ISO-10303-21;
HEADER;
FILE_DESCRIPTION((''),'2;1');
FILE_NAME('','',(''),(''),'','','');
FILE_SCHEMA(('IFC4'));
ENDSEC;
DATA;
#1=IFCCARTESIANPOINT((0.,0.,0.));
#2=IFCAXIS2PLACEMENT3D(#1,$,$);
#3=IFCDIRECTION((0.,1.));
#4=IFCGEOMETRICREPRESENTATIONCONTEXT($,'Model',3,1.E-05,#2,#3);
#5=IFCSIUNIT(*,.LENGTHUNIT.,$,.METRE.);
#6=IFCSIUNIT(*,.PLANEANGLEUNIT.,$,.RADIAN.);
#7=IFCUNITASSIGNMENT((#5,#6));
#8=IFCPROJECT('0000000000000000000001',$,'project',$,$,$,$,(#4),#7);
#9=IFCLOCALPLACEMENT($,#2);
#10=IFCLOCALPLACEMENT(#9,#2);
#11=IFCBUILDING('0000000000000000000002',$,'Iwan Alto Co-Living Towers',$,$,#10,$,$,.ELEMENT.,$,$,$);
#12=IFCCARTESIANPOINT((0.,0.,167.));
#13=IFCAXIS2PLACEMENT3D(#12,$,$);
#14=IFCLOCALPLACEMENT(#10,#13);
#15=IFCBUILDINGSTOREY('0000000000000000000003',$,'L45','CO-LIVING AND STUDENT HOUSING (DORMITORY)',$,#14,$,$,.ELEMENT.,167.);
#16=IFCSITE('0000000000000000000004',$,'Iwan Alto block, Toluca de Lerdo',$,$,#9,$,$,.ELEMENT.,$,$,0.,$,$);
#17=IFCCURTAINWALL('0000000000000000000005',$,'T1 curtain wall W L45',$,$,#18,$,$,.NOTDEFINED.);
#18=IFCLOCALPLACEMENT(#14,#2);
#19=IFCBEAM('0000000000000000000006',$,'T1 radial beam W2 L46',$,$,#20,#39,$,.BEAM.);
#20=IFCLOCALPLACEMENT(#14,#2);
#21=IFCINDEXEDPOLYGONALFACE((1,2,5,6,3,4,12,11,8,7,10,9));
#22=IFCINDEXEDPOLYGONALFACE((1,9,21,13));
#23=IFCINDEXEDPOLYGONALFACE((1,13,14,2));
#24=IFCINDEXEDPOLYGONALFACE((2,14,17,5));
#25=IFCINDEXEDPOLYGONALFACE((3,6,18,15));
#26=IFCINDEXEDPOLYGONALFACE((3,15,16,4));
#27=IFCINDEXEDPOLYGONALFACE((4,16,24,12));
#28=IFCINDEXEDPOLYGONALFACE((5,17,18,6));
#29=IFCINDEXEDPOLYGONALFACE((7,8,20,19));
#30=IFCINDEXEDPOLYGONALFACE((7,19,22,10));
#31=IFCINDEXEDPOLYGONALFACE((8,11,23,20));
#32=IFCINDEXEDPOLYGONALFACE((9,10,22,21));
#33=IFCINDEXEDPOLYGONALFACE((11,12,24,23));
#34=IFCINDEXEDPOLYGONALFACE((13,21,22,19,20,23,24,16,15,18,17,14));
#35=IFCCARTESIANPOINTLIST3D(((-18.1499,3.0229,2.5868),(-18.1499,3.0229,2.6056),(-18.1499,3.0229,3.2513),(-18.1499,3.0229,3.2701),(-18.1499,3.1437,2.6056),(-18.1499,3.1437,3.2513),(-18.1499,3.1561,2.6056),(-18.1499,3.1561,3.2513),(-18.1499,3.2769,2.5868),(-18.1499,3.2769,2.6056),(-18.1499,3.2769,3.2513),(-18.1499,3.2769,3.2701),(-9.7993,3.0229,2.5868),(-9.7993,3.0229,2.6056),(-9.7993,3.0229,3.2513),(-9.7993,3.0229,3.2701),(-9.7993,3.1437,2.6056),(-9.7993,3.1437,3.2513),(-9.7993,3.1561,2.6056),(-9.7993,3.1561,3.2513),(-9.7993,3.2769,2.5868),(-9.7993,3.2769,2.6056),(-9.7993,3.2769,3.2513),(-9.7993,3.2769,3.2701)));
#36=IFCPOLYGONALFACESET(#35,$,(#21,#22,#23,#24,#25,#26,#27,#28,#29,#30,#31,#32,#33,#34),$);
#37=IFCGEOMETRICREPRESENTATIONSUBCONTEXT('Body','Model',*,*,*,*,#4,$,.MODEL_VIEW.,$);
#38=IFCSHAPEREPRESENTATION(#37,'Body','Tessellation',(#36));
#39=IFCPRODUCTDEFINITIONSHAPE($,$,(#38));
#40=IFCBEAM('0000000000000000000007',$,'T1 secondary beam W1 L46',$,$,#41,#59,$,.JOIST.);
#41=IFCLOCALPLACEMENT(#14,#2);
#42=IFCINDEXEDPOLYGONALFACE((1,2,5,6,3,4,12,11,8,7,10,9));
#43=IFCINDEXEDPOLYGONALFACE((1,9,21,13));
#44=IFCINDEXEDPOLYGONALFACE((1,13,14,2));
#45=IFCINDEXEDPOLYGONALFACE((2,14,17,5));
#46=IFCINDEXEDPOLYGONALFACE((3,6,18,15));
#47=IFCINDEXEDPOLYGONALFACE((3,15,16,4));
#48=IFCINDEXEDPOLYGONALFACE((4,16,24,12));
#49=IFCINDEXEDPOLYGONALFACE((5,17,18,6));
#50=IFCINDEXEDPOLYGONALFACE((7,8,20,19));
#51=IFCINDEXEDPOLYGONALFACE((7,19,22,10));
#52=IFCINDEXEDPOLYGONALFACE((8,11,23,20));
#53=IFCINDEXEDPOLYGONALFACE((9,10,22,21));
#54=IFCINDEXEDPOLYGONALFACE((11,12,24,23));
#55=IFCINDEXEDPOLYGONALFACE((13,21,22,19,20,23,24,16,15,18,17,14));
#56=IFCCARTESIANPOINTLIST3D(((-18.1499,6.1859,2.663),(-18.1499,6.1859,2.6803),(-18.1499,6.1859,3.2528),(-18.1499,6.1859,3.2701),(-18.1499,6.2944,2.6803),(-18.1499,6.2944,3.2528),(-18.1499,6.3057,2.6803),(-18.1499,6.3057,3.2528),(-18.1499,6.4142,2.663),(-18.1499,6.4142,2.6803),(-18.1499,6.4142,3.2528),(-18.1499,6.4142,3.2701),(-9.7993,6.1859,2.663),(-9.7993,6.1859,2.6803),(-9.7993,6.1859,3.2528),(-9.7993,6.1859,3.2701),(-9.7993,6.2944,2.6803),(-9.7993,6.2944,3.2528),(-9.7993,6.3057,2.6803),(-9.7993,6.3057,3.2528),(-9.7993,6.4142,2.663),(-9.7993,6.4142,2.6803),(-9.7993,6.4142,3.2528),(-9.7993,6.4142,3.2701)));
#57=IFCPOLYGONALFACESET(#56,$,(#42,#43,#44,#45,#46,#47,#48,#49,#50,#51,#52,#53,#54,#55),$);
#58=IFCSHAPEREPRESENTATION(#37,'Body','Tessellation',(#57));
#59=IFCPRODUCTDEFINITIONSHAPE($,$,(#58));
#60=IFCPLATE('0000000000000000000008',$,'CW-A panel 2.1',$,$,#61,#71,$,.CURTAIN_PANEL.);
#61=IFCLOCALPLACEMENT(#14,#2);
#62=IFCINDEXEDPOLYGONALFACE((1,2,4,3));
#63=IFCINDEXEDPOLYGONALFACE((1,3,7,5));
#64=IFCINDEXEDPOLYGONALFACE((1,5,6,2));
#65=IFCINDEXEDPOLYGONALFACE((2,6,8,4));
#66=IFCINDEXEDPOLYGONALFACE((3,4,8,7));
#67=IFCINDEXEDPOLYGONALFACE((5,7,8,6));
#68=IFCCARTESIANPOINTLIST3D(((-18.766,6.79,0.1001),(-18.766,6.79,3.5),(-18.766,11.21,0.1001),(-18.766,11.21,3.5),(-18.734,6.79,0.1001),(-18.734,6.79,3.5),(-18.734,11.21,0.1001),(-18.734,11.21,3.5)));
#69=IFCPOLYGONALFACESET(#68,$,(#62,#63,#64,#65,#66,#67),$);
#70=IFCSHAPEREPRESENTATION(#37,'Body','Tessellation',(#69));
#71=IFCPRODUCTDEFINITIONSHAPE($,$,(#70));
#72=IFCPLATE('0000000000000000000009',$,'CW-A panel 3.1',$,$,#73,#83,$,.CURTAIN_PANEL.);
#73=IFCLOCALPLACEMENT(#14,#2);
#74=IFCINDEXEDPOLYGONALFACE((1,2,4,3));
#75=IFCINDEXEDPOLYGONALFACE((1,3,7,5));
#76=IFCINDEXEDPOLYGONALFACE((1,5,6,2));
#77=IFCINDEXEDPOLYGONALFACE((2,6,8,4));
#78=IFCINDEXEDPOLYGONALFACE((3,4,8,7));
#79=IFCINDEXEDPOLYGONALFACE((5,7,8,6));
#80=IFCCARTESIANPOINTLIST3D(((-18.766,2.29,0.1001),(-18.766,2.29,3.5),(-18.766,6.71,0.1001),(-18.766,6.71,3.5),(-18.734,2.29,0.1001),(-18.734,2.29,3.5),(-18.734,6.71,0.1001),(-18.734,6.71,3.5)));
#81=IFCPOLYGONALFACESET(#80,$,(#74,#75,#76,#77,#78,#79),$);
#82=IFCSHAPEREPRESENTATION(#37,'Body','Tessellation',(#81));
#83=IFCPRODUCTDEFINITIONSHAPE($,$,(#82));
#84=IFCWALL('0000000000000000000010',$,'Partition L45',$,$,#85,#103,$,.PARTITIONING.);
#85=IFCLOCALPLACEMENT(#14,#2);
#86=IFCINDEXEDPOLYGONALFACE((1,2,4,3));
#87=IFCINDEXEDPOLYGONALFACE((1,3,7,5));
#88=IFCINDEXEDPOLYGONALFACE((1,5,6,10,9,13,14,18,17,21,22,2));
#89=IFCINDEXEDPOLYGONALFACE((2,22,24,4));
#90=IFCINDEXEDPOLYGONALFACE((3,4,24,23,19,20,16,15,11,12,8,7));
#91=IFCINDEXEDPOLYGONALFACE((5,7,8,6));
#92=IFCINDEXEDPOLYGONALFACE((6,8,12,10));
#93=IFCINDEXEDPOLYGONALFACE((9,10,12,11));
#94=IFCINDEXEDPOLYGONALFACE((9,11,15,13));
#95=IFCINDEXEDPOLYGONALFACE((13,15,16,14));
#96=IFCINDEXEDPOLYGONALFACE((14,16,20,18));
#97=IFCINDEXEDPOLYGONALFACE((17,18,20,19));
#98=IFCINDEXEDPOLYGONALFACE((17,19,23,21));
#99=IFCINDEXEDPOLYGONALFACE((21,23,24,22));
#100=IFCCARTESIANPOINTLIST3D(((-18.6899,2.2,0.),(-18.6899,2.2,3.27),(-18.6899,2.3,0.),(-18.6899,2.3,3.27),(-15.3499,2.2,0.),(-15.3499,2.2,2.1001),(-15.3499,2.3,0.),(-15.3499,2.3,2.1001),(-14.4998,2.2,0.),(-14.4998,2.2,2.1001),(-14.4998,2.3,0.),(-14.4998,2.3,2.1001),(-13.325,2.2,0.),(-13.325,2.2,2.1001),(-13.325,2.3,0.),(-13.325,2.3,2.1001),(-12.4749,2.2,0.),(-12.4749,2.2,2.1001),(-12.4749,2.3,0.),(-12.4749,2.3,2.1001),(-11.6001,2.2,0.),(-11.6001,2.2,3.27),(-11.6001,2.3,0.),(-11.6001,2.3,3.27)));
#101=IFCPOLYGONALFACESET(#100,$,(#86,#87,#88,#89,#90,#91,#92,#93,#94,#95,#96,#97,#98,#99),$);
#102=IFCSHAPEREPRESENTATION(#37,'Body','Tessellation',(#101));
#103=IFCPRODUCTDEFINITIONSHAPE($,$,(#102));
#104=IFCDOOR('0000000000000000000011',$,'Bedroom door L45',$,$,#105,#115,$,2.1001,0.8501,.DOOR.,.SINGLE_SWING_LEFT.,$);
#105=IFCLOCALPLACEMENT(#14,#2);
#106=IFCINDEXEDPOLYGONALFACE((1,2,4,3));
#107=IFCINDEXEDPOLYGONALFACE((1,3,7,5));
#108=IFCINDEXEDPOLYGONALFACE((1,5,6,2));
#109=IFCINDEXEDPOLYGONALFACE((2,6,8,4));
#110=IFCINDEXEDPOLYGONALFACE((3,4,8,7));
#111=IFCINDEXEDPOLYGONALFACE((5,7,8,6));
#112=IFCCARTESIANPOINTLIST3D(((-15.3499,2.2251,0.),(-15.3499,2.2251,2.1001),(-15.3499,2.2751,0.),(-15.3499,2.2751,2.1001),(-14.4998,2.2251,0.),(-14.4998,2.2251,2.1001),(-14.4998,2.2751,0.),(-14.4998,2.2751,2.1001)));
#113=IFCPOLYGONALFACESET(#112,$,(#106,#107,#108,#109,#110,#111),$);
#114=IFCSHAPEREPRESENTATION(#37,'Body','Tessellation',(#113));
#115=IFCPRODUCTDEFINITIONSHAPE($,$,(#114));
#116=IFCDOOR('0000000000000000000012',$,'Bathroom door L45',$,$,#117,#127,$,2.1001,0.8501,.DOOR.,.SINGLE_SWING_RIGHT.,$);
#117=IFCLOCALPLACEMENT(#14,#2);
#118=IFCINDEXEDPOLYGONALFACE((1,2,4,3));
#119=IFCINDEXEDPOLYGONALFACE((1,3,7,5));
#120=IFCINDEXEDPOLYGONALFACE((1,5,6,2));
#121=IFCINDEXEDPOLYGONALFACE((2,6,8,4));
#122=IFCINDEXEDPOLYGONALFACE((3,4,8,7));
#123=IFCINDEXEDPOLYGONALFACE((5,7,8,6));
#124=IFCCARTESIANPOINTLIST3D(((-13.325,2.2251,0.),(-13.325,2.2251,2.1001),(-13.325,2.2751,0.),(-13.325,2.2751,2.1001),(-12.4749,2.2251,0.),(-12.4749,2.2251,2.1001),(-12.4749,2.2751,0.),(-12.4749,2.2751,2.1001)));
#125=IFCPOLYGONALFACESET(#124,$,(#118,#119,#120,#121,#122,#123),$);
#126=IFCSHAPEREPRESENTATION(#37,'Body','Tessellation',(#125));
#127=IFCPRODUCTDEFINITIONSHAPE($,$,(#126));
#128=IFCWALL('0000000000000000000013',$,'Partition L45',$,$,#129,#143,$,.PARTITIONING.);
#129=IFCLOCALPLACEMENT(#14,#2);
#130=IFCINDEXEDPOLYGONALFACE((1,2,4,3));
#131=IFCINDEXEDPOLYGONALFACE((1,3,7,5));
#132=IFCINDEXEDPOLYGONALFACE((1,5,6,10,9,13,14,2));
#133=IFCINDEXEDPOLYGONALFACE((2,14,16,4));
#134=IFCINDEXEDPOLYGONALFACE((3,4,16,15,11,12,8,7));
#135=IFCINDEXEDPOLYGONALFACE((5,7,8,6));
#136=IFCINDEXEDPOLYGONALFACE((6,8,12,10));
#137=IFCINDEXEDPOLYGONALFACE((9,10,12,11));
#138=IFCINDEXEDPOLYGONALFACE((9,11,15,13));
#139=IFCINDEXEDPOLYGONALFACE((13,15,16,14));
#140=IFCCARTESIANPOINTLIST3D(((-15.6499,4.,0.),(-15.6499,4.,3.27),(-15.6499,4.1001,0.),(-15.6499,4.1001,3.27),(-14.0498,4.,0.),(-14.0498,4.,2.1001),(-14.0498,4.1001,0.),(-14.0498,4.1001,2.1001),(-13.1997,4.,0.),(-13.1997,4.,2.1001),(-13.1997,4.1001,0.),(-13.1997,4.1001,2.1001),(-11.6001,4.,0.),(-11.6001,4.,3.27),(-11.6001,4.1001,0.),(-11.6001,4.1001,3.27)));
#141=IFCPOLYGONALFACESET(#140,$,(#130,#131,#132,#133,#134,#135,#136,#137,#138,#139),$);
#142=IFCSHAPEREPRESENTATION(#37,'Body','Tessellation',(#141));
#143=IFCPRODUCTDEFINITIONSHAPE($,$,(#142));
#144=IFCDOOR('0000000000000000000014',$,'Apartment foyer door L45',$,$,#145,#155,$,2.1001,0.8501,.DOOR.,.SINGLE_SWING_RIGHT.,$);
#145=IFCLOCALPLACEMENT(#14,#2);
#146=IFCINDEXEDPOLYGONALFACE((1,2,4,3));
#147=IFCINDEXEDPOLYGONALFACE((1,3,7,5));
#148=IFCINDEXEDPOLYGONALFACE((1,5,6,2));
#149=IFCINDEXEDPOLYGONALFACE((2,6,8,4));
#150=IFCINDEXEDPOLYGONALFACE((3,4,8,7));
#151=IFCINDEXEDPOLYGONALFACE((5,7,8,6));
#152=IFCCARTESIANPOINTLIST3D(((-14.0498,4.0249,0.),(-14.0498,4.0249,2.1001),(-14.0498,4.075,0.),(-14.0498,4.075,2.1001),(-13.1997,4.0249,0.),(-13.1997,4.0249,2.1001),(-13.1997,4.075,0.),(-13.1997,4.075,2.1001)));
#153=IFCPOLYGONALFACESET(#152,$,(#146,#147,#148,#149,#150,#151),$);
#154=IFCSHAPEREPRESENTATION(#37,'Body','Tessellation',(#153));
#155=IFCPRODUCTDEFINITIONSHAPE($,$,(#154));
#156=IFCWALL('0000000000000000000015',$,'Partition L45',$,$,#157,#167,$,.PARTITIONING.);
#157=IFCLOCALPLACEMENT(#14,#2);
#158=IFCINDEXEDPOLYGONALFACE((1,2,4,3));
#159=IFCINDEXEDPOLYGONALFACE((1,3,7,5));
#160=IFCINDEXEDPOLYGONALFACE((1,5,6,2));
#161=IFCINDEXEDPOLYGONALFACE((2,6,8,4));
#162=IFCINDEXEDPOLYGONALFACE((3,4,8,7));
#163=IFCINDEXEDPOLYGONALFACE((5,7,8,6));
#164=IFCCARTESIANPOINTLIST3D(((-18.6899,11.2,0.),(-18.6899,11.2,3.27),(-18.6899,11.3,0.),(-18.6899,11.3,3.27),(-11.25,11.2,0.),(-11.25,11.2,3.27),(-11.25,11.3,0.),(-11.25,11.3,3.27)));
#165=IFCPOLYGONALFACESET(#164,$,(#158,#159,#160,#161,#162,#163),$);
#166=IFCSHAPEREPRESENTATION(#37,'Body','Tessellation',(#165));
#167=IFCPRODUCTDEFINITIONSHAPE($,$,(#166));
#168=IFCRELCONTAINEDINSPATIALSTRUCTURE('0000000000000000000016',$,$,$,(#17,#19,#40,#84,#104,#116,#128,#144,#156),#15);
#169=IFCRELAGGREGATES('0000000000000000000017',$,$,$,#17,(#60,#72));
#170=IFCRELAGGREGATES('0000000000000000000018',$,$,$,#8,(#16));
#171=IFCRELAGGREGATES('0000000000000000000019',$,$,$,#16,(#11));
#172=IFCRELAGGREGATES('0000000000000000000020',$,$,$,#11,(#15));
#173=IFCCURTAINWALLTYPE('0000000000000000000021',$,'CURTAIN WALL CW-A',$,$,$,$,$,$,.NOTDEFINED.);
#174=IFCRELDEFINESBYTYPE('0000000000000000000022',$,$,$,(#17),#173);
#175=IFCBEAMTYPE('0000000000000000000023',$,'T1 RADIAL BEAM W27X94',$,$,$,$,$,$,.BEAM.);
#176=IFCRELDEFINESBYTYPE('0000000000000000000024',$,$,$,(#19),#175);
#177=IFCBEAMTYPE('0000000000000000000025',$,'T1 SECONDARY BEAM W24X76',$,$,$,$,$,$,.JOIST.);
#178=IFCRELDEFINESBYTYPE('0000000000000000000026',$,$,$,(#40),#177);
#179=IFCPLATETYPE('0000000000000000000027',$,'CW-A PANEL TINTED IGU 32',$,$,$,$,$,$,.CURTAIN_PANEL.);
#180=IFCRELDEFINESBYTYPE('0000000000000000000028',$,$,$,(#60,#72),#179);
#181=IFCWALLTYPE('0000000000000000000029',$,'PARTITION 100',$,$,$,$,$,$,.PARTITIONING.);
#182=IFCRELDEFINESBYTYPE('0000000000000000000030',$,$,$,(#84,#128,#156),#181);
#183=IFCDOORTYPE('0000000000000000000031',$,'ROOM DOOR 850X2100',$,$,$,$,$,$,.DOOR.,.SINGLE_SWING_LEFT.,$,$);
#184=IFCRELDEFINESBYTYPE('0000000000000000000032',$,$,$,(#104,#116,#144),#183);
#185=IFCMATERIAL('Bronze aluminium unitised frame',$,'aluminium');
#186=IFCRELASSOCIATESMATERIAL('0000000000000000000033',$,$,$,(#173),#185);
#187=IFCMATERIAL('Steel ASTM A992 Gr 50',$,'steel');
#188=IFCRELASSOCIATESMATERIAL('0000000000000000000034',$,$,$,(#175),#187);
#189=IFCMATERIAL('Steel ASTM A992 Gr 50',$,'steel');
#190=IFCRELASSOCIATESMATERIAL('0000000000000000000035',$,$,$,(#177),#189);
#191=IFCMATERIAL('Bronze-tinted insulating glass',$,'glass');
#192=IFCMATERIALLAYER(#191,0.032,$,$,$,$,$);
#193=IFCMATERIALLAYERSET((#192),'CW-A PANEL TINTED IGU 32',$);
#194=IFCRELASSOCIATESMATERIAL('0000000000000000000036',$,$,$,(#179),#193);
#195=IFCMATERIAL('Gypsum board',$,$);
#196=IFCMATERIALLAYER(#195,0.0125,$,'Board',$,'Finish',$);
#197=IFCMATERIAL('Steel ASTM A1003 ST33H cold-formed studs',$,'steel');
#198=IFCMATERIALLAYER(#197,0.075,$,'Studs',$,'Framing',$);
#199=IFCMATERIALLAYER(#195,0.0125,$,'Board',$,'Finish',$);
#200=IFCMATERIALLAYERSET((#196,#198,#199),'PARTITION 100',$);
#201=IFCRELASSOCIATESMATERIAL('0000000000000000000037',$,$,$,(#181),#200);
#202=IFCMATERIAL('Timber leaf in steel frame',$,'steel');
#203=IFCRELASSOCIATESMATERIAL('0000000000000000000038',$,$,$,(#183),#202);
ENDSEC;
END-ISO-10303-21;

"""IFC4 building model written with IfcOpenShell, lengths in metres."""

from ifc_helpers import new_model, si_unit, direction, frame, frame_2d, origin, origin_2d, place, context, subcontext, project, spatial, rectangle, i_section, extrude, material, layer, layer_set, material_profile, profile_set, type_object, element, fill, aggregate, save


model = new_model("IFC4")

# Units and contexts
model_context = context("Model", 3, precision=1e-05, world=origin(), true_north=direction((0.0, 1.0)))
body_context = subcontext(model_context, "Body", "Model", "MODEL_VIEW")
ifc_project = project(units=[si_unit("LENGTHUNIT", "METRE"), si_unit("PLANEANGLEUNIT", "RADIAN")], contexts=[model_context])

# Site, building, storey
site_placement = place(None, origin())
site = spatial("IfcSite", under=ifc_project, at=site_placement, Name="Iwan Alto block, Toluca de Lerdo", CompositionType="ELEMENT", RefElevation=0.0)
building_placement = place(site_placement, origin())
building = spatial("IfcBuilding", under=site, at=building_placement, Name="Iwan Alto Co-Living Towers", CompositionType="ELEMENT")
storey_placement = place(building_placement, frame((0.0, 0.0, 167.0)))
storey = spatial("IfcBuildingStorey", under=building, at=storey_placement, Name="L45", Description="CO-LIVING AND STUDENT HOUSING (DORMITORY)", CompositionType="ELEMENT", Elevation=167.0)

# Curtain wall
ifc_material_1 = material(Name="Bronze aluminium unitised frame", Category="aluminium")
curtain_wall_type = type_object("IfcCurtainWallType", Name="CURTAIN WALL CW-A", PredefinedType="NOTDEFINED", material=ifc_material_1)
curtain_wall_placement = place(storey_placement, origin())
curtain_wall = element("IfcCurtainWall", 1, at=curtain_wall_placement, inside=storey, type_object=curtain_wall_type, Name="T1 curtain wall W L45", PredefinedType="NOTDEFINED")

# Beams
ifc_material_2 = material(Name="Steel ASTM A992 Gr 50", Category="steel")
ifc_material_profile_1 = material_profile(ifc_material_2, i_section(OverallWidth=0.2539, OverallDepth=0.6833, WebThickness=0.0125, FlangeThickness=0.0188, at=origin_2d()), Name="W27X94")
ifc_profile_set_1 = profile_set([ifc_material_profile_1], Name="Steel ASTM A992 Gr 50")
beam_type_1 = type_object("IfcBeamType", Name="T1 RADIAL BEAM W27X94", PredefinedType="BEAM", material=ifc_profile_set_1)
for number, where, z_axis, x_axis, name in (
    (2, (-18.1499, 3.1499, 2.9285), (1.0, 0.0, 0.0), (0.0, 1.0, 0.0), "T1 radial beam W2 L46"),
):
    element("IfcBeam", number, at=place(storey_placement, frame(where, z_axis=z_axis, x_axis=x_axis)), inside=storey, type_object=beam_type_1, Name=name, PredefinedType="BEAM", context=body_context, shape_type="SweptSolid", body=[
        extrude(i_section(OverallWidth=0.2539, OverallDepth=0.6833, WebThickness=0.0125, FlangeThickness=0.0188, at=origin_2d()), origin(), (0.0, 0.0, 1.0), 8.3506),
    ])
ifc_material_3 = material(Name="Steel ASTM A992 Gr 50", Category="steel")
ifc_material_profile_2 = material_profile(ifc_material_3, i_section(OverallWidth=0.2283, OverallDepth=0.6072, WebThickness=0.0112, FlangeThickness=0.0173, at=origin_2d()), Name="W24X76")
ifc_profile_set_2 = profile_set([ifc_material_profile_2], Name="Steel ASTM A992 Gr 50")
beam_type_2 = type_object("IfcBeamType", Name="T1 SECONDARY BEAM W24X76", PredefinedType="JOIST", material=ifc_profile_set_2)
beam_1_placement = place(storey_placement, frame((-18.1499, 6.3, 2.9666), z_axis=(1.0, 0.0, 0.0), x_axis=(0.0, 1.0, 0.0)))
element("IfcBeam", 3, at=beam_1_placement, inside=storey, type_object=beam_type_2, Name="T1 secondary beam W1 L46", PredefinedType="JOIST", context=body_context, shape_type="SweptSolid", body=[
    extrude(i_section(OverallWidth=0.2283, OverallDepth=0.6072, WebThickness=0.0112, FlangeThickness=0.0173, at=origin_2d()), origin(), (0.0, 0.0, 1.0), 8.3506),
])

# Plates
ifc_material_4 = material(Name="Bronze-tinted insulating glass", Category="glass")
ifc_layer_1 = layer(ifc_material_4, 0.032)
ifc_layer_set_1 = layer_set([ifc_layer_1], Name="CW-A PANEL TINTED IGU 32")
plate_type = type_object("IfcPlateType", Name="CW-A PANEL TINTED IGU 32", PredefinedType="CURTAIN_PANEL", material=ifc_layer_set_1)
plate_1_placement = place(storey_placement, frame((-18.75, 9.0, 0.1001), z_axis=(0.0, 0.0, 1.0), x_axis=(0.0, -1.0, 0.0)))
plate_1 = element("IfcPlate", 4, at=plate_1_placement, type_object=plate_type, Name="CW-A panel 2.1", PredefinedType="CURTAIN_PANEL", context=body_context, shape_type="SweptSolid", body=[
    extrude(rectangle(XDim=4.4199, YDim=0.032, at=origin_2d()), origin(), (0.0, 0.0, 1.0), 3.3999),
])
plate_2_placement = place(storey_placement, frame((-18.75, 4.5, 0.1001), z_axis=(0.0, 0.0, 1.0), x_axis=(0.0, -1.0, 0.0)))
plate_2 = element("IfcPlate", 5, at=plate_2_placement, type_object=plate_type, Name="CW-A panel 3.1", PredefinedType="CURTAIN_PANEL", context=body_context, shape_type="SweptSolid", body=[
    extrude(rectangle(XDim=4.4199, YDim=0.032, at=origin_2d()), origin(), (0.0, 0.0, 1.0), 3.3999),
])
aggregate(curtain_wall, [plate_1, plate_2])

# Wall, openings, doors
ifc_material_5 = material(Name="Gypsum board")
ifc_layer_2 = layer(ifc_material_5, 0.0125, Name="Board", Category="Finish")
ifc_material_6 = material(Name="Steel ASTM A1003 ST33H cold-formed studs", Category="steel")
ifc_layer_3 = layer(ifc_material_6, 0.075, Name="Studs", Category="Framing")
ifc_layer_4 = layer(ifc_material_5, 0.0125, Name="Board", Category="Finish")
ifc_layer_set_2 = layer_set([ifc_layer_2, ifc_layer_3, ifc_layer_4], Name="PARTITION 100")
wall_type = type_object("IfcWallType", Name="PARTITION 100", PredefinedType="PARTITIONING", material=ifc_layer_set_2)
wall_1_placement = place(storey_placement, frame((-18.6899, 2.25, 0.0), z_axis=(0.0, 0.0, 1.0), x_axis=(1.0, 0.0, 0.0)))
wall_1 = element("IfcWall", 6, at=wall_1_placement, inside=storey, type_object=wall_type, Name="Partition L45", PredefinedType="PARTITIONING", context=body_context, shape_type="SweptSolid", body=[
    extrude(rectangle(XDim=7.0898, YDim=0.1001, at=frame_2d((3.5449, 0.0))), origin(), (0.0, 0.0, 1.0), 3.27),
])
opening_1_placement = place(wall_1_placement, frame((3.3401, 0.0, 0.0)))
opening_1 = element("IfcOpeningElement", 7, at=opening_1_placement, cuts=wall_1, PredefinedType="OPENING", context=body_context, shape_type="SweptSolid", body=[
    extrude(rectangle(XDim=0.8501, YDim=2.1001, at=frame_2d((0.425, 1.05))), frame((0.0, 0.0601, 0.0), z_axis=(0.0, -1.0, 0.0), x_axis=(1.0, 0.0, 0.0)), (0.0, 0.0, 1.0), 0.1201),
])
opening_2_placement = place(wall_1_placement, frame((5.365, 0.0, 0.0)))
opening_2 = element("IfcOpeningElement", 8, at=opening_2_placement, cuts=wall_1, PredefinedType="OPENING", context=body_context, shape_type="SweptSolid", body=[
    extrude(rectangle(XDim=0.8501, YDim=2.1001, at=frame_2d((0.425, 1.05))), frame((0.0, 0.0601, 0.0), z_axis=(0.0, -1.0, 0.0), x_axis=(1.0, 0.0, 0.0)), (0.0, 0.0, 1.0), 0.1201),
])
ifc_material_7 = material(Name="Timber leaf in steel frame", Category="steel")
door_type = type_object("IfcDoorType", Name="ROOM DOOR 850X2100", OperationType="SINGLE_SWING_LEFT", PredefinedType="DOOR", material=ifc_material_7)
door_1_placement = place(opening_1_placement, frame((0.8501, 0.0, 0.0), z_axis=(0.0, 0.0, 1.0), x_axis=(-1.0, 0.0, 0.0)))
door_1 = element("IfcDoor", 9, at=door_1_placement, inside=storey, type_object=door_type, Name="Bedroom door L45", OperationType="SINGLE_SWING_LEFT", OverallHeight=2.1001, OverallWidth=0.8501, PredefinedType="DOOR", context=body_context, shape_type="SweptSolid", body=[
    extrude(rectangle(XDim=0.8501, YDim=2.1001, at=frame_2d((0.425, 1.05))), frame((0.0, 0.0249, 0.0), z_axis=(0.0, -1.0, 0.0), x_axis=(1.0, 0.0, 0.0)), (0.0, 0.0, 1.0), 0.05),
])
fill(opening_1, door_1)
door_2_placement = place(opening_2_placement, frame((0.8501, 0.0, 0.0), z_axis=(0.0, 0.0, 1.0), x_axis=(-1.0, 0.0, 0.0)))
door_2 = element("IfcDoor", 10, at=door_2_placement, inside=storey, type_object=door_type, Name="Bathroom door L45", OperationType="SINGLE_SWING_RIGHT", OverallHeight=2.1001, OverallWidth=0.8501, PredefinedType="DOOR", context=body_context, shape_type="SweptSolid", body=[
    extrude(rectangle(XDim=0.8501, YDim=2.1001, at=frame_2d((0.425, 1.05))), frame((0.0, 0.0249, 0.0), z_axis=(0.0, -1.0, 0.0), x_axis=(1.0, 0.0, 0.0)), (0.0, 0.0, 1.0), 0.05),
])
fill(opening_2, door_2)

# Wall, opening, door
wall_2_placement = place(storey_placement, frame((-15.6499, 4.05, 0.0), z_axis=(0.0, 0.0, 1.0), x_axis=(1.0, 0.0, 0.0)))
wall_2 = element("IfcWall", 11, at=wall_2_placement, inside=storey, type_object=wall_type, Name="Partition L45", PredefinedType="PARTITIONING", context=body_context, shape_type="SweptSolid", body=[
    extrude(rectangle(XDim=4.0498, YDim=0.1001, at=frame_2d((2.0249, 0.0))), origin(), (0.0, 0.0, 1.0), 3.27),
])
opening_3_placement = place(wall_2_placement, frame((1.6001, 0.0, 0.0)))
opening_3 = element("IfcOpeningElement", 12, at=opening_3_placement, cuts=wall_2, PredefinedType="OPENING", context=body_context, shape_type="SweptSolid", body=[
    extrude(rectangle(XDim=0.8501, YDim=2.1001, at=frame_2d((0.425, 1.05))), frame((0.0, 0.0601, 0.0), z_axis=(0.0, -1.0, 0.0), x_axis=(1.0, 0.0, 0.0)), (0.0, 0.0, 1.0), 0.1201),
])
door_3_placement = place(opening_3_placement, origin())
door_3 = element("IfcDoor", 13, at=door_3_placement, inside=storey, type_object=door_type, Name="Apartment foyer door L45", OperationType="SINGLE_SWING_RIGHT", OverallHeight=2.1001, OverallWidth=0.8501, PredefinedType="DOOR", context=body_context, shape_type="SweptSolid", body=[
    extrude(rectangle(XDim=0.8501, YDim=2.1001, at=frame_2d((0.425, 1.05))), frame((0.0, 0.0249, 0.0), z_axis=(0.0, -1.0, 0.0), x_axis=(1.0, 0.0, 0.0)), (0.0, 0.0, 1.0), 0.05),
])
fill(opening_3, door_3)

# Wall
wall_3_placement = place(storey_placement, frame((-18.6899, 11.25, 0.0), z_axis=(0.0, 0.0, 1.0), x_axis=(1.0, 0.0, 0.0)))
element("IfcWall", 14, at=wall_3_placement, inside=storey, type_object=wall_type, Name="Partition L45", PredefinedType="PARTITIONING", context=body_context, shape_type="SweptSolid", body=[
    extrude(rectangle(XDim=7.4399, YDim=0.1001, at=frame_2d((3.72, 0.0))), origin(), (0.0, 0.0, 1.0), 3.27),
])

save(model, "model.ifc")
